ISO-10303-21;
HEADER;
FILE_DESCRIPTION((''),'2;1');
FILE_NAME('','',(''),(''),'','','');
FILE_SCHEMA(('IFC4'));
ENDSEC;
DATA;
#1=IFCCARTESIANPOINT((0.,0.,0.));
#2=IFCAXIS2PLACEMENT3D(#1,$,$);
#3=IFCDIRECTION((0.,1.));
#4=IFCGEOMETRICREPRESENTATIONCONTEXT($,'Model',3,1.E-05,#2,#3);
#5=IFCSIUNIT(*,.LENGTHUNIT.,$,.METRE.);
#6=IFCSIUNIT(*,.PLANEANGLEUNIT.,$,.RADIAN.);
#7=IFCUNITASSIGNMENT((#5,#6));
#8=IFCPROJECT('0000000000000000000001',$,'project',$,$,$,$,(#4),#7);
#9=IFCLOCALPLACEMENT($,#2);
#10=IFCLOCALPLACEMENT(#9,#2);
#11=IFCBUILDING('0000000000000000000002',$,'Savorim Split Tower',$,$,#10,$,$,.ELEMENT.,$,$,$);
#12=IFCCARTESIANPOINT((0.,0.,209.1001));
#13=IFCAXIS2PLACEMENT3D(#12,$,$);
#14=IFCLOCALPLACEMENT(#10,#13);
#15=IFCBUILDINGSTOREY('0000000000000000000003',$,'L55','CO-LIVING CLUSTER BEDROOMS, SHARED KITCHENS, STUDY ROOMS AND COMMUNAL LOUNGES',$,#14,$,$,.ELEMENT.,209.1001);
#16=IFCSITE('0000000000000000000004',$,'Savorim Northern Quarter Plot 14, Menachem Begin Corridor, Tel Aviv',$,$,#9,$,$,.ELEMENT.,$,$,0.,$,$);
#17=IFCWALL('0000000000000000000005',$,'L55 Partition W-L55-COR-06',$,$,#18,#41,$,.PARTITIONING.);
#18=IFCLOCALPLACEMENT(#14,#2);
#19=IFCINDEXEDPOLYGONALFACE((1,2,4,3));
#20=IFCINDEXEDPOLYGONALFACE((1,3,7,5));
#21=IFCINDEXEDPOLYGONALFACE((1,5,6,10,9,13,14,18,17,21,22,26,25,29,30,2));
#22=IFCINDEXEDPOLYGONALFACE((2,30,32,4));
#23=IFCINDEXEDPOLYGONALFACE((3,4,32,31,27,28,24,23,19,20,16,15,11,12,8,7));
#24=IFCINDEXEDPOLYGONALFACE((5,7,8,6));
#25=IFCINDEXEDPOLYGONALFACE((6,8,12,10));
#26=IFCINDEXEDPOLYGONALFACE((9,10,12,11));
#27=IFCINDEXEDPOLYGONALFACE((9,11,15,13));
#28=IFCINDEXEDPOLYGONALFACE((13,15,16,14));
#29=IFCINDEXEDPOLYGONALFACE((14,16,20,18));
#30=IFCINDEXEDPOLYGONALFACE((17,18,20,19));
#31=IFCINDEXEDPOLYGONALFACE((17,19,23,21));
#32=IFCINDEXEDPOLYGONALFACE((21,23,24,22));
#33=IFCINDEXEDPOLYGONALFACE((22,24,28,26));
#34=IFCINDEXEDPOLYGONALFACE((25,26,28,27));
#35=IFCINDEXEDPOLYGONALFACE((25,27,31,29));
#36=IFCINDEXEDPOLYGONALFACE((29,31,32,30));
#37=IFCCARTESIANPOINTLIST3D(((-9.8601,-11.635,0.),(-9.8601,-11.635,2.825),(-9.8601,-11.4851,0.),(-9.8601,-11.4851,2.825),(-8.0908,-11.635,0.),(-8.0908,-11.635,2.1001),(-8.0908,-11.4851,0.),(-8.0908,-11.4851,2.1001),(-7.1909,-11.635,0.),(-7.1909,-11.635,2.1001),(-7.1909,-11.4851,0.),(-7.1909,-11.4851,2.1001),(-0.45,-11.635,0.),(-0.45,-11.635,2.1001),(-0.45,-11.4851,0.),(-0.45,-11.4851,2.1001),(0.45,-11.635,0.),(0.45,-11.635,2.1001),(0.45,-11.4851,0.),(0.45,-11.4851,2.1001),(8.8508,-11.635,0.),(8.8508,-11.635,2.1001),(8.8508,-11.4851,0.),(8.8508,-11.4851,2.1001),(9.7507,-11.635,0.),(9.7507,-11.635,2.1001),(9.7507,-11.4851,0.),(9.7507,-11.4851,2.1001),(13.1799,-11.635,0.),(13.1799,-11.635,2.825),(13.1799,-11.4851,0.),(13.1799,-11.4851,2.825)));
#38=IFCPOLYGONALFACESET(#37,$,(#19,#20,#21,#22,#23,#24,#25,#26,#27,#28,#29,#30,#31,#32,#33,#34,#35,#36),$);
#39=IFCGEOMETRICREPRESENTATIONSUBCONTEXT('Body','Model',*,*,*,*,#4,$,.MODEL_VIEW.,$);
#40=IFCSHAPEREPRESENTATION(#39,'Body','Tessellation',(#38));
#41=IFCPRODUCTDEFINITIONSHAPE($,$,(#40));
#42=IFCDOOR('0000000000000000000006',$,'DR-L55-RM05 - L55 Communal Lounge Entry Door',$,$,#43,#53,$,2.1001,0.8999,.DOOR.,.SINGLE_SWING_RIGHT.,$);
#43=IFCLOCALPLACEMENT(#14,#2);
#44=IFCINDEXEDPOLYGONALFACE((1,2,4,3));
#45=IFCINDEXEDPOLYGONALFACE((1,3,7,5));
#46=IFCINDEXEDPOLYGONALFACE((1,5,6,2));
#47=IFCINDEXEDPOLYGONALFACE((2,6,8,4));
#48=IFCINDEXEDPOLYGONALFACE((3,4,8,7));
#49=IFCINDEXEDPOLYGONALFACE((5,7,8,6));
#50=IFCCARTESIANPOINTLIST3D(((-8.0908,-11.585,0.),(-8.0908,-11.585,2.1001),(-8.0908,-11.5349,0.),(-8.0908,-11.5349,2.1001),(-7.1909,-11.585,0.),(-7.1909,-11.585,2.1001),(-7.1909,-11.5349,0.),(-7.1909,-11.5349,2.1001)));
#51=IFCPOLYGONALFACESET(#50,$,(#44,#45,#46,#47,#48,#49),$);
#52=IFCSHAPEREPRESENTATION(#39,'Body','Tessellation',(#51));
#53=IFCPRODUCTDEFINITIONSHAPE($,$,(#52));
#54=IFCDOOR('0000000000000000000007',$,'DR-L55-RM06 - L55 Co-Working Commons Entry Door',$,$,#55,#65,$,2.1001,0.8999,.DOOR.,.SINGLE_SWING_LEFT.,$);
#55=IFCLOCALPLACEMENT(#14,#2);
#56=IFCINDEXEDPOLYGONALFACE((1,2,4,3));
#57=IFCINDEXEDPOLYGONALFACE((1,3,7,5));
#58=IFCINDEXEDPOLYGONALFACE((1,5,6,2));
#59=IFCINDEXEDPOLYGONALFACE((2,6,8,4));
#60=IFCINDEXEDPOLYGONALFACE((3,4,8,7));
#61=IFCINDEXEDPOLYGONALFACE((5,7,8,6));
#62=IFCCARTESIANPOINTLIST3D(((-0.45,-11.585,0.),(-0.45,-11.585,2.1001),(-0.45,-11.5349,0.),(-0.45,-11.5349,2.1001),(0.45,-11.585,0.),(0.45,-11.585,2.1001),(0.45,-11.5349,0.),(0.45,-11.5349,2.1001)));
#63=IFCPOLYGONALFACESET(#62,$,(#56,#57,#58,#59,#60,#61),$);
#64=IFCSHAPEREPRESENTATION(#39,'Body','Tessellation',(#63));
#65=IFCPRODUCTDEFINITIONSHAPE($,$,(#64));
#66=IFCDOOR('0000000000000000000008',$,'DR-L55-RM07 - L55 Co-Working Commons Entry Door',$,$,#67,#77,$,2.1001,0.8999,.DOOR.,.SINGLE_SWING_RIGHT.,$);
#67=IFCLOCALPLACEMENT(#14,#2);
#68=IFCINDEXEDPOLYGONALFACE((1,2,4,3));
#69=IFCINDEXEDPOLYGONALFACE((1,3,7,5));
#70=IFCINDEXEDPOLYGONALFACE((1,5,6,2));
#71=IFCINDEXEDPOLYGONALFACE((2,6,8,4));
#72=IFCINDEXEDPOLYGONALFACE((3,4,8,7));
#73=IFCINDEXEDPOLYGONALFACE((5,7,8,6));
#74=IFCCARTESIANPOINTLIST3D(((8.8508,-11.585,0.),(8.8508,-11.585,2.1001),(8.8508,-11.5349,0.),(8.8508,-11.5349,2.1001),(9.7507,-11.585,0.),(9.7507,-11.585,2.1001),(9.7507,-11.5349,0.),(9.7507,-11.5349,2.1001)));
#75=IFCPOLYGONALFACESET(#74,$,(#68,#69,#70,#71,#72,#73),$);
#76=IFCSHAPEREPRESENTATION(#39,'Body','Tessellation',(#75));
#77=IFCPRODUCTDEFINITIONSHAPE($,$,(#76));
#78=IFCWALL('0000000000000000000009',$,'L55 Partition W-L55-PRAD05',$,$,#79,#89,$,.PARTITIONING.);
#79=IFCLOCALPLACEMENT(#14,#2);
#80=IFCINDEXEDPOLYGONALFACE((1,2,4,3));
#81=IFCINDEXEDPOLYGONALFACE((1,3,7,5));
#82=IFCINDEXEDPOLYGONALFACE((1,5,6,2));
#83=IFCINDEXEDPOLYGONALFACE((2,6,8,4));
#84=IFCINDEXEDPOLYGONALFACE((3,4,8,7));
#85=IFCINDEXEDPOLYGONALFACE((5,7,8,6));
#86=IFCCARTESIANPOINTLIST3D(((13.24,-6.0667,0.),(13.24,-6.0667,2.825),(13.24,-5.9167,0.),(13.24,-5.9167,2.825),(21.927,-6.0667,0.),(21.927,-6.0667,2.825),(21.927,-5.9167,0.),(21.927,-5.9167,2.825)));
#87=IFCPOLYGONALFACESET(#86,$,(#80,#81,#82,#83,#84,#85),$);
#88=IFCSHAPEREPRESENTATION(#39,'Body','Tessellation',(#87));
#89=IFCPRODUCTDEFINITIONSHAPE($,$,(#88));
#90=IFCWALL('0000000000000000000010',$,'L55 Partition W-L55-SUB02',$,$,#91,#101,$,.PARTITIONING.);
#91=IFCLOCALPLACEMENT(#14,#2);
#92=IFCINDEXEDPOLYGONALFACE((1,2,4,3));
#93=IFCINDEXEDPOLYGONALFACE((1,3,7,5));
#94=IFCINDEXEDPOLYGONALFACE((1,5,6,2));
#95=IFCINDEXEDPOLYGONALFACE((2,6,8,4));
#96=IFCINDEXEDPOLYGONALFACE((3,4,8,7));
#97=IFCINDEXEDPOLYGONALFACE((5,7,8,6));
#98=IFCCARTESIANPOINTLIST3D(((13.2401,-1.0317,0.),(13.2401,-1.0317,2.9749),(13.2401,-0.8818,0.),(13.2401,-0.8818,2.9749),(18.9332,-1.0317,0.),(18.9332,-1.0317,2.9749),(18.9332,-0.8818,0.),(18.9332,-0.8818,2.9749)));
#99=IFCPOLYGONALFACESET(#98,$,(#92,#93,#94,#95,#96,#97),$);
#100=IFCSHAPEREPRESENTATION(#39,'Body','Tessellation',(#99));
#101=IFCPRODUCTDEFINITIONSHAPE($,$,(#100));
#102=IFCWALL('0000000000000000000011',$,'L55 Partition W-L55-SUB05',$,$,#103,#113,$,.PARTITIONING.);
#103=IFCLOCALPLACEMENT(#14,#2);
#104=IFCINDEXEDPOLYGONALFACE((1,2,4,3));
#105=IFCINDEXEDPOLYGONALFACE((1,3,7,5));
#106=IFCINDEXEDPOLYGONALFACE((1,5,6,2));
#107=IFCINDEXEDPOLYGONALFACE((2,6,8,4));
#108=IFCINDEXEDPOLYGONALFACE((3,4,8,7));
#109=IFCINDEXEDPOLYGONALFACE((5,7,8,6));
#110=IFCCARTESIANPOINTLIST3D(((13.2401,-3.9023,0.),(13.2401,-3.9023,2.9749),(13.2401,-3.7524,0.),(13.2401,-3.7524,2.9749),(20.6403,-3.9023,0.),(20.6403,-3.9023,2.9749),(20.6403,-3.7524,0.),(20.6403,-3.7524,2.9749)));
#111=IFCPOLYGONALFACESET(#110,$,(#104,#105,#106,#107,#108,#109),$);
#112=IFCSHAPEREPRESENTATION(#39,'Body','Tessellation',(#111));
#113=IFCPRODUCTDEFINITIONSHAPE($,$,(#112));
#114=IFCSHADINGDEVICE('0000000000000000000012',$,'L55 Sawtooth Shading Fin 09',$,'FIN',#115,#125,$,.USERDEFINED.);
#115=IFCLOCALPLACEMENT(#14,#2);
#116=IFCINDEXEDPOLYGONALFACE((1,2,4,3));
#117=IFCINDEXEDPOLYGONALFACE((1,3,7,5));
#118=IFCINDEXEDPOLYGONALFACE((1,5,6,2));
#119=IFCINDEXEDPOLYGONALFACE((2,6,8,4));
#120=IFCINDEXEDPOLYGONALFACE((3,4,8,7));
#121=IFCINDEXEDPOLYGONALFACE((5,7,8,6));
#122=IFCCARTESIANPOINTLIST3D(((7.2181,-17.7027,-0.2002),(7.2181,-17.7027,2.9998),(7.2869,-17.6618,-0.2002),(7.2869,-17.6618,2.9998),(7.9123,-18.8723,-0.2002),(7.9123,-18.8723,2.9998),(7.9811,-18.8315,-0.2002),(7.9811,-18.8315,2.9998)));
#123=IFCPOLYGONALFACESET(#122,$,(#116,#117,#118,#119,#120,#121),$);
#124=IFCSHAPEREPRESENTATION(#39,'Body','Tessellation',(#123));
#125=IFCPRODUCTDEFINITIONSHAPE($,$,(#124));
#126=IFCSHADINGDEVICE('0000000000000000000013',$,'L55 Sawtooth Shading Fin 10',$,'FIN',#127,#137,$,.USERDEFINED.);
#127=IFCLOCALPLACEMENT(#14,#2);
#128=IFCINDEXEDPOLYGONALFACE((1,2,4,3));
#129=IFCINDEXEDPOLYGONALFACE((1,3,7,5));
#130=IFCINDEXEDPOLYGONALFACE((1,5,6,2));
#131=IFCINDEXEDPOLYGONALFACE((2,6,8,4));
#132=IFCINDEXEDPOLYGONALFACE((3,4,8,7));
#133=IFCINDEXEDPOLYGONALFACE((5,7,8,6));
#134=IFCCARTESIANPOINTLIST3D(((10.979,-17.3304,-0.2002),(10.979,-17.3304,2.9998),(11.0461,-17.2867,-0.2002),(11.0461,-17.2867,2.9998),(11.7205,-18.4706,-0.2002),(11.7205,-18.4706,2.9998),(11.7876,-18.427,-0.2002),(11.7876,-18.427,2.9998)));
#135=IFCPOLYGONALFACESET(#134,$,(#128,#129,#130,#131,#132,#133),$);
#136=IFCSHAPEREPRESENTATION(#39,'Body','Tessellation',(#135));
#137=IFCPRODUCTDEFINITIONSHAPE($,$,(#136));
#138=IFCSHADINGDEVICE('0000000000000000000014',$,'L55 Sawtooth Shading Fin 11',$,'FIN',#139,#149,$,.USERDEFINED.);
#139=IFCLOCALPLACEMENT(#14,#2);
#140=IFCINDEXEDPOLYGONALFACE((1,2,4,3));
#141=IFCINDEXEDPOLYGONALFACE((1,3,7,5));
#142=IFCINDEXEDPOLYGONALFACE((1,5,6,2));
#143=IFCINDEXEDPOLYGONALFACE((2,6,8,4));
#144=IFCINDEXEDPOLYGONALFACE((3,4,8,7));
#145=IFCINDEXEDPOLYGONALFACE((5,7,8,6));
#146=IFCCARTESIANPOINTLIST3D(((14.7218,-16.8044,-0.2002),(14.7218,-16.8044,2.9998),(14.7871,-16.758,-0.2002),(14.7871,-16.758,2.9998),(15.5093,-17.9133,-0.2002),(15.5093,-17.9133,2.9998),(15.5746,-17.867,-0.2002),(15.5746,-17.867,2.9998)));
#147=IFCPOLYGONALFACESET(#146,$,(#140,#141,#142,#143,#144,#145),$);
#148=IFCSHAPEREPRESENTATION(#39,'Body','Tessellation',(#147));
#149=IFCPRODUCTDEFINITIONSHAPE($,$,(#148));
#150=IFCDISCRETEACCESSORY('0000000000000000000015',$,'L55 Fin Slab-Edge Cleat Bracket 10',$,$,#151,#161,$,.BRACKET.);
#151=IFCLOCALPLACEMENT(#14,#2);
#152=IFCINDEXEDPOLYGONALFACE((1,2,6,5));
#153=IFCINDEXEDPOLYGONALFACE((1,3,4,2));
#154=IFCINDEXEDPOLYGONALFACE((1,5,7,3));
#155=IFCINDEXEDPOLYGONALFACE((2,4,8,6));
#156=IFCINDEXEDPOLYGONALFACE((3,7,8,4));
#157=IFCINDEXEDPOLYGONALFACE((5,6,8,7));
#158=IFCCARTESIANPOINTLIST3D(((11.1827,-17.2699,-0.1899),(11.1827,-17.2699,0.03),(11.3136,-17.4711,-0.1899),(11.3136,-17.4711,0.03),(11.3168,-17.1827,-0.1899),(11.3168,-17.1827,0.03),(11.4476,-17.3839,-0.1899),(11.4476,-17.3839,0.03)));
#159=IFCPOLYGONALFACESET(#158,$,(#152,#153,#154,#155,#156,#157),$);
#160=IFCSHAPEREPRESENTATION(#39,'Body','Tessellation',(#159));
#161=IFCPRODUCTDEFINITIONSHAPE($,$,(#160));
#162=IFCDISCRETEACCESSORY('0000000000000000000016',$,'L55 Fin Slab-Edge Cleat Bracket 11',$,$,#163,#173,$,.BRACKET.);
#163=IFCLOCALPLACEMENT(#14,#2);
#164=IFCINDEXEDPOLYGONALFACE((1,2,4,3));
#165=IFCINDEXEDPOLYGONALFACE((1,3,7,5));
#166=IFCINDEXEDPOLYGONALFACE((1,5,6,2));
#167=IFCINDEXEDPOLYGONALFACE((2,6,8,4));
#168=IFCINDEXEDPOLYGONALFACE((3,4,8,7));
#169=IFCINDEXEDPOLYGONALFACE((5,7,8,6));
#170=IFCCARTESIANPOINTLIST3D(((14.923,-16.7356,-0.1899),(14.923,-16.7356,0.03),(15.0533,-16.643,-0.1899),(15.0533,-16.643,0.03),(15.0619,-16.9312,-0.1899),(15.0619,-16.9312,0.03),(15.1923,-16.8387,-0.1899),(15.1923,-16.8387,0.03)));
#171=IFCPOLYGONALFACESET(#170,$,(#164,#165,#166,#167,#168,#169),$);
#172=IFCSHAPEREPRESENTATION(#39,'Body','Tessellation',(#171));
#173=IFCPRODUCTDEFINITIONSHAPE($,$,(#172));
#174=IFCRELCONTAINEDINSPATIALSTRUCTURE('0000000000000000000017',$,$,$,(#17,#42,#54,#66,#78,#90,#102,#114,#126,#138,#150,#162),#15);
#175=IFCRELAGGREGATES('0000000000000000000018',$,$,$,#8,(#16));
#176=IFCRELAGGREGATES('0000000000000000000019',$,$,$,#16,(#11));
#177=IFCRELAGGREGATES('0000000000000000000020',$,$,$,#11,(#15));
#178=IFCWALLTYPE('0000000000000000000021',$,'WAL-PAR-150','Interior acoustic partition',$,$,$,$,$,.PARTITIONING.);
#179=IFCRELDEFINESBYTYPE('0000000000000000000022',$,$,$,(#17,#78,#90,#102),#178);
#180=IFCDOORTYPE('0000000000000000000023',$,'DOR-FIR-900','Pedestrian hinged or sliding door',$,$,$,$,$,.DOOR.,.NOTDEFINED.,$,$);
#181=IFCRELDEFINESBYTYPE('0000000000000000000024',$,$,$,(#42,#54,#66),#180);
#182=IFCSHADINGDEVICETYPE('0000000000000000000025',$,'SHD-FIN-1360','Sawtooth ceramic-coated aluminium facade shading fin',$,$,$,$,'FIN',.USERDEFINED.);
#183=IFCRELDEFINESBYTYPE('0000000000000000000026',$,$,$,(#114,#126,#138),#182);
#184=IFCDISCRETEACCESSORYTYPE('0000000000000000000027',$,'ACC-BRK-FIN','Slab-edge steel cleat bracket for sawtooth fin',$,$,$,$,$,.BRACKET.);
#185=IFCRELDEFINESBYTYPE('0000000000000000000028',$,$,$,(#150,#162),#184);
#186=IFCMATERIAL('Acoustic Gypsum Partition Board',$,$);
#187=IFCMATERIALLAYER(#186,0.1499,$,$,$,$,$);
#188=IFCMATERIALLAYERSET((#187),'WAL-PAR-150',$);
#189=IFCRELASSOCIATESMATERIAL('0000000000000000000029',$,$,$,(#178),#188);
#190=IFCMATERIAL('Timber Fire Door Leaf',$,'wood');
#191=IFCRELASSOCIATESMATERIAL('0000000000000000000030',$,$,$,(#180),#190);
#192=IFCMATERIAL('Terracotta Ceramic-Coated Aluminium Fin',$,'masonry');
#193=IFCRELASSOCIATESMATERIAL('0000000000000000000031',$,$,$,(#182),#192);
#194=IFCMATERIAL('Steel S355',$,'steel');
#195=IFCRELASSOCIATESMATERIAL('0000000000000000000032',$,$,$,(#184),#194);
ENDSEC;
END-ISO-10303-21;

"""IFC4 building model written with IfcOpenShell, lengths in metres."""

from ifc_helpers import new_model, si_unit, direction, frame, frame_2d, origin, origin_2d, place, context, subcontext, project, spatial, rectangle, extrude, material, layer, layer_set, type_object, element, fill, save


model = new_model("IFC4")

# Units and contexts
model_context = context("Model", 3, precision=1e-05, world=origin(), true_north=direction((0.0, 1.0)))
body_context = subcontext(model_context, "Body", "Model", "MODEL_VIEW")
ifc_project = project(units=[si_unit("LENGTHUNIT", "METRE"), si_unit("PLANEANGLEUNIT", "RADIAN")], contexts=[model_context])

# Site, building, storey
site_placement = place(None, origin())
site = spatial("IfcSite", under=ifc_project, at=site_placement, Name="Savorim Northern Quarter Plot 14, Menachem Begin Corridor, Tel Aviv", CompositionType="ELEMENT", RefElevation=0.0)
building_placement = place(site_placement, origin())
building = spatial("IfcBuilding", under=site, at=building_placement, Name="Savorim Split Tower", CompositionType="ELEMENT")
storey_placement = place(building_placement, frame((0.0, 0.0, 209.1001)))
storey = spatial("IfcBuildingStorey", under=building, at=storey_placement, Name="L55", Description="CO-LIVING CLUSTER BEDROOMS, SHARED KITCHENS, STUDY ROOMS AND COMMUNAL LOUNGES", CompositionType="ELEMENT", Elevation=209.1001)

# Shared definitions
ifc_material_1 = material(Name="Steel S355", Category="steel")

# Wall, openings, doors
ifc_material_2 = material(Name="Acoustic Gypsum Partition Board")
ifc_layer_1 = layer(ifc_material_2, 0.1499)
ifc_layer_set_1 = layer_set([ifc_layer_1], Name="WAL-PAR-150")
wall_type = type_object("IfcWallType", Name="WAL-PAR-150", Description="Interior acoustic partition", PredefinedType="PARTITIONING", material=ifc_layer_set_1)
wall_1_placement = place(storey_placement, frame((13.1799, -11.5601, 0.0), z_axis=(0.0, 0.0, 1.0), x_axis=(-1.0, 0.0, 0.0)))
wall_1 = element("IfcWall", 1, at=wall_1_placement, inside=storey, type_object=wall_type, Name="L55 Partition W-L55-COR-06", PredefinedType="PARTITIONING", context=body_context, shape_type="SweptSolid", body=[
    extrude(rectangle(XDim=23.04, YDim=0.1499, at=frame_2d((11.52, 0.0))), origin(), (0.0, 0.0, 1.0), 2.825),
])
opening_1_placement = place(wall_1_placement, frame((20.3708, 0.0, 0.0)))
opening_1 = element("IfcOpeningElement", 2, at=opening_1_placement, cuts=wall_1, PredefinedType="OPENING", context=body_context, shape_type="SweptSolid", body=[
    extrude(rectangle(XDim=0.8999, YDim=2.1001, at=frame_2d((0.45, 1.05))), frame((0.0, 0.085, 0.0), z_axis=(0.0, -1.0, 0.0), x_axis=(1.0, 0.0, 0.0)), (0.0, 0.0, 1.0), 0.1699),
])
opening_2_placement = place(wall_1_placement, frame((12.73, 0.0, 0.0)))
opening_2 = element("IfcOpeningElement", 3, at=opening_2_placement, cuts=wall_1, PredefinedType="OPENING", context=body_context, shape_type="SweptSolid", body=[
    extrude(rectangle(XDim=0.8999, YDim=2.1001, at=frame_2d((0.45, 1.05))), frame((0.0, 0.085, 0.0), z_axis=(0.0, -1.0, 0.0), x_axis=(1.0, 0.0, 0.0)), (0.0, 0.0, 1.0), 0.1699),
])
opening_3_placement = place(wall_1_placement, frame((3.4292, 0.0, 0.0)))
opening_3 = element("IfcOpeningElement", 4, at=opening_3_placement, cuts=wall_1, PredefinedType="OPENING", context=body_context, shape_type="SweptSolid", body=[
    extrude(rectangle(XDim=0.8999, YDim=2.1001, at=frame_2d((0.45, 1.05))), frame((0.0, 0.085, 0.0), z_axis=(0.0, -1.0, 0.0), x_axis=(1.0, 0.0, 0.0)), (0.0, 0.0, 1.0), 0.1699),
])
ifc_material_3 = material(Name="Timber Fire Door Leaf", Category="wood")
door_type = type_object("IfcDoorType", Name="DOR-FIR-900", Description="Pedestrian hinged or sliding door", OperationType="NOTDEFINED", PredefinedType="DOOR", material=ifc_material_3)
door_1_placement = place(opening_1_placement, origin())
door_1 = element("IfcDoor", 5, at=door_1_placement, inside=storey, type_object=door_type, Name="DR-L55-RM05 - L55 Communal Lounge Entry Door", OperationType="SINGLE_SWING_RIGHT", OverallHeight=2.1001, OverallWidth=0.8999, PredefinedType="DOOR", context=body_context, shape_type="SweptSolid", body=[
    extrude(rectangle(XDim=0.8999, YDim=2.1001, at=frame_2d((0.45, 1.05))), frame((0.0, 0.0249, 0.0), z_axis=(0.0, -1.0, 0.0), x_axis=(1.0, 0.0, 0.0)), (0.0, 0.0, 1.0), 0.05),
])
fill(opening_1, door_1)
door_2_placement = place(opening_2_placement, origin())
door_2 = element("IfcDoor", 6, at=door_2_placement, inside=storey, type_object=door_type, Name="DR-L55-RM06 - L55 Co-Working Commons Entry Door", OperationType="SINGLE_SWING_LEFT", OverallHeight=2.1001, OverallWidth=0.8999, PredefinedType="DOOR", context=body_context, shape_type="SweptSolid", body=[
    extrude(rectangle(XDim=0.8999, YDim=2.1001, at=frame_2d((0.45, 1.05))), frame((0.0, 0.0249, 0.0), z_axis=(0.0, -1.0, 0.0), x_axis=(1.0, 0.0, 0.0)), (0.0, 0.0, 1.0), 0.05),
])
fill(opening_2, door_2)
door_3_placement = place(opening_3_placement, origin())
door_3 = element("IfcDoor", 7, at=door_3_placement, inside=storey, type_object=door_type, Name="DR-L55-RM07 - L55 Co-Working Commons Entry Door", OperationType="SINGLE_SWING_RIGHT", OverallHeight=2.1001, OverallWidth=0.8999, PredefinedType="DOOR", context=body_context, shape_type="SweptSolid", body=[
    extrude(rectangle(XDim=0.8999, YDim=2.1001, at=frame_2d((0.45, 1.05))), frame((0.0, 0.0249, 0.0), z_axis=(0.0, -1.0, 0.0), x_axis=(1.0, 0.0, 0.0)), (0.0, 0.0, 1.0), 0.05),
])
fill(opening_3, door_3)

# Walls
wall_2_placement = place(storey_placement, frame((13.24, -5.9917, 0.0), z_axis=(0.0, 0.0, 1.0), x_axis=(1.0, 0.0, 0.0)))
element("IfcWall", 8, at=wall_2_placement, inside=storey, type_object=wall_type, Name="L55 Partition W-L55-PRAD05", PredefinedType="PARTITIONING", context=body_context, shape_type="SweptSolid", body=[
    extrude(rectangle(XDim=8.687, YDim=0.1499, at=frame_2d((4.3435, 0.0))), origin(), (0.0, 0.0, 1.0), 2.825),
])
wall_3_placement = place(storey_placement, frame((13.24, -0.9568, 0.0), z_axis=(0.0, 0.0, 1.0), x_axis=(1.0, 0.0, 0.0)))
element("IfcWall", 9, at=wall_3_placement, inside=storey, type_object=wall_type, Name="L55 Partition W-L55-SUB02", PredefinedType="PARTITIONING", context=body_context, shape_type="SweptSolid", body=[
    extrude(rectangle(XDim=5.6931, YDim=0.1499, at=frame_2d((2.8467, 0.0))), origin(), (0.0, 0.0, 1.0), 2.9749),
])
wall_4_placement = place(storey_placement, frame((13.24, -3.8274, 0.0), z_axis=(0.0, 0.0, 1.0), x_axis=(1.0, 0.0, 0.0)))
element("IfcWall", 10, at=wall_4_placement, inside=storey, type_object=wall_type, Name="L55 Partition W-L55-SUB05", PredefinedType="PARTITIONING", context=body_context, shape_type="SweptSolid", body=[
    extrude(rectangle(XDim=7.4001, YDim=0.1499, at=frame_2d((3.7002, 0.0))), origin(), (0.0, 0.0, 1.0), 2.9749),
])

# Shading devices
ifc_material_4 = material(Name="Terracotta Ceramic-Coated Aluminium Fin", Category="masonry")
shading_device_type = type_object("IfcShadingDeviceType", Name="SHD-FIN-1360", Description="Sawtooth ceramic-coated aluminium facade shading fin", ElementType="FIN", PredefinedType="USERDEFINED", material=ifc_material_4)
for number, where, z_axis, x_axis, name in (
    (11, (7.5996, -18.2671, -0.2002), (0.0, 0.0, 1.0), (0.510391, -0.859942, 0.0), "L55 Sawtooth Shading Fin 09"),
    (12, (11.3833, -17.8787, -0.2002), (0.0, 0.0, 1.0), (0.545148, -0.83834, 0.0), "L55 Sawtooth Shading Fin 10"),
    (13, (15.1482, -17.3357, -0.2002), (0.0, 0.0, 1.0), (0.578994, -0.815332, 0.0), "L55 Sawtooth Shading Fin 11"),
):
    element("IfcShadingDevice", number, at=place(storey_placement, frame(where, z_axis=z_axis, x_axis=x_axis)), inside=storey, type_object=shading_device_type, Name=name, ObjectType="FIN", PredefinedType="USERDEFINED", context=body_context, shape_type="SweptSolid", body=[
        extrude(rectangle(XDim=1.3601, YDim=0.0801, at=origin_2d()), origin(), (0.0, 0.0, 1.0), 3.2),
    ])

# Discrete accessories
discrete_accessory_type = type_object("IfcDiscreteAccessoryType", Name="ACC-BRK-FIN", Description="Slab-edge steel cleat bracket for sawtooth fin", PredefinedType="BRACKET", material=ifc_material_1)
for number, where, z_axis, x_axis, name in (
    (14, (11.3152, -17.3269, -0.1899), (0.0, 0.0, 1.0), (0.545148, -0.83834, 0.0), "L55 Fin Slab-Edge Cleat Bracket 10"),
    (15, (15.0576, -16.7871, -0.1899), (0.0, 0.0, 1.0), (0.578994, -0.815332, 0.0), "L55 Fin Slab-Edge Cleat Bracket 11"),
):
    element("IfcDiscreteAccessory", number, at=place(storey_placement, frame(where, z_axis=z_axis, x_axis=x_axis)), inside=storey, type_object=discrete_accessory_type, Name=name, PredefinedType="BRACKET", context=body_context, shape_type="SweptSolid", body=[
        extrude(rectangle(XDim=0.24, YDim=0.1599, at=origin_2d()), origin(), (0.0, 0.0, 1.0), 0.22),
    ])

save(model, "model.ifc")
